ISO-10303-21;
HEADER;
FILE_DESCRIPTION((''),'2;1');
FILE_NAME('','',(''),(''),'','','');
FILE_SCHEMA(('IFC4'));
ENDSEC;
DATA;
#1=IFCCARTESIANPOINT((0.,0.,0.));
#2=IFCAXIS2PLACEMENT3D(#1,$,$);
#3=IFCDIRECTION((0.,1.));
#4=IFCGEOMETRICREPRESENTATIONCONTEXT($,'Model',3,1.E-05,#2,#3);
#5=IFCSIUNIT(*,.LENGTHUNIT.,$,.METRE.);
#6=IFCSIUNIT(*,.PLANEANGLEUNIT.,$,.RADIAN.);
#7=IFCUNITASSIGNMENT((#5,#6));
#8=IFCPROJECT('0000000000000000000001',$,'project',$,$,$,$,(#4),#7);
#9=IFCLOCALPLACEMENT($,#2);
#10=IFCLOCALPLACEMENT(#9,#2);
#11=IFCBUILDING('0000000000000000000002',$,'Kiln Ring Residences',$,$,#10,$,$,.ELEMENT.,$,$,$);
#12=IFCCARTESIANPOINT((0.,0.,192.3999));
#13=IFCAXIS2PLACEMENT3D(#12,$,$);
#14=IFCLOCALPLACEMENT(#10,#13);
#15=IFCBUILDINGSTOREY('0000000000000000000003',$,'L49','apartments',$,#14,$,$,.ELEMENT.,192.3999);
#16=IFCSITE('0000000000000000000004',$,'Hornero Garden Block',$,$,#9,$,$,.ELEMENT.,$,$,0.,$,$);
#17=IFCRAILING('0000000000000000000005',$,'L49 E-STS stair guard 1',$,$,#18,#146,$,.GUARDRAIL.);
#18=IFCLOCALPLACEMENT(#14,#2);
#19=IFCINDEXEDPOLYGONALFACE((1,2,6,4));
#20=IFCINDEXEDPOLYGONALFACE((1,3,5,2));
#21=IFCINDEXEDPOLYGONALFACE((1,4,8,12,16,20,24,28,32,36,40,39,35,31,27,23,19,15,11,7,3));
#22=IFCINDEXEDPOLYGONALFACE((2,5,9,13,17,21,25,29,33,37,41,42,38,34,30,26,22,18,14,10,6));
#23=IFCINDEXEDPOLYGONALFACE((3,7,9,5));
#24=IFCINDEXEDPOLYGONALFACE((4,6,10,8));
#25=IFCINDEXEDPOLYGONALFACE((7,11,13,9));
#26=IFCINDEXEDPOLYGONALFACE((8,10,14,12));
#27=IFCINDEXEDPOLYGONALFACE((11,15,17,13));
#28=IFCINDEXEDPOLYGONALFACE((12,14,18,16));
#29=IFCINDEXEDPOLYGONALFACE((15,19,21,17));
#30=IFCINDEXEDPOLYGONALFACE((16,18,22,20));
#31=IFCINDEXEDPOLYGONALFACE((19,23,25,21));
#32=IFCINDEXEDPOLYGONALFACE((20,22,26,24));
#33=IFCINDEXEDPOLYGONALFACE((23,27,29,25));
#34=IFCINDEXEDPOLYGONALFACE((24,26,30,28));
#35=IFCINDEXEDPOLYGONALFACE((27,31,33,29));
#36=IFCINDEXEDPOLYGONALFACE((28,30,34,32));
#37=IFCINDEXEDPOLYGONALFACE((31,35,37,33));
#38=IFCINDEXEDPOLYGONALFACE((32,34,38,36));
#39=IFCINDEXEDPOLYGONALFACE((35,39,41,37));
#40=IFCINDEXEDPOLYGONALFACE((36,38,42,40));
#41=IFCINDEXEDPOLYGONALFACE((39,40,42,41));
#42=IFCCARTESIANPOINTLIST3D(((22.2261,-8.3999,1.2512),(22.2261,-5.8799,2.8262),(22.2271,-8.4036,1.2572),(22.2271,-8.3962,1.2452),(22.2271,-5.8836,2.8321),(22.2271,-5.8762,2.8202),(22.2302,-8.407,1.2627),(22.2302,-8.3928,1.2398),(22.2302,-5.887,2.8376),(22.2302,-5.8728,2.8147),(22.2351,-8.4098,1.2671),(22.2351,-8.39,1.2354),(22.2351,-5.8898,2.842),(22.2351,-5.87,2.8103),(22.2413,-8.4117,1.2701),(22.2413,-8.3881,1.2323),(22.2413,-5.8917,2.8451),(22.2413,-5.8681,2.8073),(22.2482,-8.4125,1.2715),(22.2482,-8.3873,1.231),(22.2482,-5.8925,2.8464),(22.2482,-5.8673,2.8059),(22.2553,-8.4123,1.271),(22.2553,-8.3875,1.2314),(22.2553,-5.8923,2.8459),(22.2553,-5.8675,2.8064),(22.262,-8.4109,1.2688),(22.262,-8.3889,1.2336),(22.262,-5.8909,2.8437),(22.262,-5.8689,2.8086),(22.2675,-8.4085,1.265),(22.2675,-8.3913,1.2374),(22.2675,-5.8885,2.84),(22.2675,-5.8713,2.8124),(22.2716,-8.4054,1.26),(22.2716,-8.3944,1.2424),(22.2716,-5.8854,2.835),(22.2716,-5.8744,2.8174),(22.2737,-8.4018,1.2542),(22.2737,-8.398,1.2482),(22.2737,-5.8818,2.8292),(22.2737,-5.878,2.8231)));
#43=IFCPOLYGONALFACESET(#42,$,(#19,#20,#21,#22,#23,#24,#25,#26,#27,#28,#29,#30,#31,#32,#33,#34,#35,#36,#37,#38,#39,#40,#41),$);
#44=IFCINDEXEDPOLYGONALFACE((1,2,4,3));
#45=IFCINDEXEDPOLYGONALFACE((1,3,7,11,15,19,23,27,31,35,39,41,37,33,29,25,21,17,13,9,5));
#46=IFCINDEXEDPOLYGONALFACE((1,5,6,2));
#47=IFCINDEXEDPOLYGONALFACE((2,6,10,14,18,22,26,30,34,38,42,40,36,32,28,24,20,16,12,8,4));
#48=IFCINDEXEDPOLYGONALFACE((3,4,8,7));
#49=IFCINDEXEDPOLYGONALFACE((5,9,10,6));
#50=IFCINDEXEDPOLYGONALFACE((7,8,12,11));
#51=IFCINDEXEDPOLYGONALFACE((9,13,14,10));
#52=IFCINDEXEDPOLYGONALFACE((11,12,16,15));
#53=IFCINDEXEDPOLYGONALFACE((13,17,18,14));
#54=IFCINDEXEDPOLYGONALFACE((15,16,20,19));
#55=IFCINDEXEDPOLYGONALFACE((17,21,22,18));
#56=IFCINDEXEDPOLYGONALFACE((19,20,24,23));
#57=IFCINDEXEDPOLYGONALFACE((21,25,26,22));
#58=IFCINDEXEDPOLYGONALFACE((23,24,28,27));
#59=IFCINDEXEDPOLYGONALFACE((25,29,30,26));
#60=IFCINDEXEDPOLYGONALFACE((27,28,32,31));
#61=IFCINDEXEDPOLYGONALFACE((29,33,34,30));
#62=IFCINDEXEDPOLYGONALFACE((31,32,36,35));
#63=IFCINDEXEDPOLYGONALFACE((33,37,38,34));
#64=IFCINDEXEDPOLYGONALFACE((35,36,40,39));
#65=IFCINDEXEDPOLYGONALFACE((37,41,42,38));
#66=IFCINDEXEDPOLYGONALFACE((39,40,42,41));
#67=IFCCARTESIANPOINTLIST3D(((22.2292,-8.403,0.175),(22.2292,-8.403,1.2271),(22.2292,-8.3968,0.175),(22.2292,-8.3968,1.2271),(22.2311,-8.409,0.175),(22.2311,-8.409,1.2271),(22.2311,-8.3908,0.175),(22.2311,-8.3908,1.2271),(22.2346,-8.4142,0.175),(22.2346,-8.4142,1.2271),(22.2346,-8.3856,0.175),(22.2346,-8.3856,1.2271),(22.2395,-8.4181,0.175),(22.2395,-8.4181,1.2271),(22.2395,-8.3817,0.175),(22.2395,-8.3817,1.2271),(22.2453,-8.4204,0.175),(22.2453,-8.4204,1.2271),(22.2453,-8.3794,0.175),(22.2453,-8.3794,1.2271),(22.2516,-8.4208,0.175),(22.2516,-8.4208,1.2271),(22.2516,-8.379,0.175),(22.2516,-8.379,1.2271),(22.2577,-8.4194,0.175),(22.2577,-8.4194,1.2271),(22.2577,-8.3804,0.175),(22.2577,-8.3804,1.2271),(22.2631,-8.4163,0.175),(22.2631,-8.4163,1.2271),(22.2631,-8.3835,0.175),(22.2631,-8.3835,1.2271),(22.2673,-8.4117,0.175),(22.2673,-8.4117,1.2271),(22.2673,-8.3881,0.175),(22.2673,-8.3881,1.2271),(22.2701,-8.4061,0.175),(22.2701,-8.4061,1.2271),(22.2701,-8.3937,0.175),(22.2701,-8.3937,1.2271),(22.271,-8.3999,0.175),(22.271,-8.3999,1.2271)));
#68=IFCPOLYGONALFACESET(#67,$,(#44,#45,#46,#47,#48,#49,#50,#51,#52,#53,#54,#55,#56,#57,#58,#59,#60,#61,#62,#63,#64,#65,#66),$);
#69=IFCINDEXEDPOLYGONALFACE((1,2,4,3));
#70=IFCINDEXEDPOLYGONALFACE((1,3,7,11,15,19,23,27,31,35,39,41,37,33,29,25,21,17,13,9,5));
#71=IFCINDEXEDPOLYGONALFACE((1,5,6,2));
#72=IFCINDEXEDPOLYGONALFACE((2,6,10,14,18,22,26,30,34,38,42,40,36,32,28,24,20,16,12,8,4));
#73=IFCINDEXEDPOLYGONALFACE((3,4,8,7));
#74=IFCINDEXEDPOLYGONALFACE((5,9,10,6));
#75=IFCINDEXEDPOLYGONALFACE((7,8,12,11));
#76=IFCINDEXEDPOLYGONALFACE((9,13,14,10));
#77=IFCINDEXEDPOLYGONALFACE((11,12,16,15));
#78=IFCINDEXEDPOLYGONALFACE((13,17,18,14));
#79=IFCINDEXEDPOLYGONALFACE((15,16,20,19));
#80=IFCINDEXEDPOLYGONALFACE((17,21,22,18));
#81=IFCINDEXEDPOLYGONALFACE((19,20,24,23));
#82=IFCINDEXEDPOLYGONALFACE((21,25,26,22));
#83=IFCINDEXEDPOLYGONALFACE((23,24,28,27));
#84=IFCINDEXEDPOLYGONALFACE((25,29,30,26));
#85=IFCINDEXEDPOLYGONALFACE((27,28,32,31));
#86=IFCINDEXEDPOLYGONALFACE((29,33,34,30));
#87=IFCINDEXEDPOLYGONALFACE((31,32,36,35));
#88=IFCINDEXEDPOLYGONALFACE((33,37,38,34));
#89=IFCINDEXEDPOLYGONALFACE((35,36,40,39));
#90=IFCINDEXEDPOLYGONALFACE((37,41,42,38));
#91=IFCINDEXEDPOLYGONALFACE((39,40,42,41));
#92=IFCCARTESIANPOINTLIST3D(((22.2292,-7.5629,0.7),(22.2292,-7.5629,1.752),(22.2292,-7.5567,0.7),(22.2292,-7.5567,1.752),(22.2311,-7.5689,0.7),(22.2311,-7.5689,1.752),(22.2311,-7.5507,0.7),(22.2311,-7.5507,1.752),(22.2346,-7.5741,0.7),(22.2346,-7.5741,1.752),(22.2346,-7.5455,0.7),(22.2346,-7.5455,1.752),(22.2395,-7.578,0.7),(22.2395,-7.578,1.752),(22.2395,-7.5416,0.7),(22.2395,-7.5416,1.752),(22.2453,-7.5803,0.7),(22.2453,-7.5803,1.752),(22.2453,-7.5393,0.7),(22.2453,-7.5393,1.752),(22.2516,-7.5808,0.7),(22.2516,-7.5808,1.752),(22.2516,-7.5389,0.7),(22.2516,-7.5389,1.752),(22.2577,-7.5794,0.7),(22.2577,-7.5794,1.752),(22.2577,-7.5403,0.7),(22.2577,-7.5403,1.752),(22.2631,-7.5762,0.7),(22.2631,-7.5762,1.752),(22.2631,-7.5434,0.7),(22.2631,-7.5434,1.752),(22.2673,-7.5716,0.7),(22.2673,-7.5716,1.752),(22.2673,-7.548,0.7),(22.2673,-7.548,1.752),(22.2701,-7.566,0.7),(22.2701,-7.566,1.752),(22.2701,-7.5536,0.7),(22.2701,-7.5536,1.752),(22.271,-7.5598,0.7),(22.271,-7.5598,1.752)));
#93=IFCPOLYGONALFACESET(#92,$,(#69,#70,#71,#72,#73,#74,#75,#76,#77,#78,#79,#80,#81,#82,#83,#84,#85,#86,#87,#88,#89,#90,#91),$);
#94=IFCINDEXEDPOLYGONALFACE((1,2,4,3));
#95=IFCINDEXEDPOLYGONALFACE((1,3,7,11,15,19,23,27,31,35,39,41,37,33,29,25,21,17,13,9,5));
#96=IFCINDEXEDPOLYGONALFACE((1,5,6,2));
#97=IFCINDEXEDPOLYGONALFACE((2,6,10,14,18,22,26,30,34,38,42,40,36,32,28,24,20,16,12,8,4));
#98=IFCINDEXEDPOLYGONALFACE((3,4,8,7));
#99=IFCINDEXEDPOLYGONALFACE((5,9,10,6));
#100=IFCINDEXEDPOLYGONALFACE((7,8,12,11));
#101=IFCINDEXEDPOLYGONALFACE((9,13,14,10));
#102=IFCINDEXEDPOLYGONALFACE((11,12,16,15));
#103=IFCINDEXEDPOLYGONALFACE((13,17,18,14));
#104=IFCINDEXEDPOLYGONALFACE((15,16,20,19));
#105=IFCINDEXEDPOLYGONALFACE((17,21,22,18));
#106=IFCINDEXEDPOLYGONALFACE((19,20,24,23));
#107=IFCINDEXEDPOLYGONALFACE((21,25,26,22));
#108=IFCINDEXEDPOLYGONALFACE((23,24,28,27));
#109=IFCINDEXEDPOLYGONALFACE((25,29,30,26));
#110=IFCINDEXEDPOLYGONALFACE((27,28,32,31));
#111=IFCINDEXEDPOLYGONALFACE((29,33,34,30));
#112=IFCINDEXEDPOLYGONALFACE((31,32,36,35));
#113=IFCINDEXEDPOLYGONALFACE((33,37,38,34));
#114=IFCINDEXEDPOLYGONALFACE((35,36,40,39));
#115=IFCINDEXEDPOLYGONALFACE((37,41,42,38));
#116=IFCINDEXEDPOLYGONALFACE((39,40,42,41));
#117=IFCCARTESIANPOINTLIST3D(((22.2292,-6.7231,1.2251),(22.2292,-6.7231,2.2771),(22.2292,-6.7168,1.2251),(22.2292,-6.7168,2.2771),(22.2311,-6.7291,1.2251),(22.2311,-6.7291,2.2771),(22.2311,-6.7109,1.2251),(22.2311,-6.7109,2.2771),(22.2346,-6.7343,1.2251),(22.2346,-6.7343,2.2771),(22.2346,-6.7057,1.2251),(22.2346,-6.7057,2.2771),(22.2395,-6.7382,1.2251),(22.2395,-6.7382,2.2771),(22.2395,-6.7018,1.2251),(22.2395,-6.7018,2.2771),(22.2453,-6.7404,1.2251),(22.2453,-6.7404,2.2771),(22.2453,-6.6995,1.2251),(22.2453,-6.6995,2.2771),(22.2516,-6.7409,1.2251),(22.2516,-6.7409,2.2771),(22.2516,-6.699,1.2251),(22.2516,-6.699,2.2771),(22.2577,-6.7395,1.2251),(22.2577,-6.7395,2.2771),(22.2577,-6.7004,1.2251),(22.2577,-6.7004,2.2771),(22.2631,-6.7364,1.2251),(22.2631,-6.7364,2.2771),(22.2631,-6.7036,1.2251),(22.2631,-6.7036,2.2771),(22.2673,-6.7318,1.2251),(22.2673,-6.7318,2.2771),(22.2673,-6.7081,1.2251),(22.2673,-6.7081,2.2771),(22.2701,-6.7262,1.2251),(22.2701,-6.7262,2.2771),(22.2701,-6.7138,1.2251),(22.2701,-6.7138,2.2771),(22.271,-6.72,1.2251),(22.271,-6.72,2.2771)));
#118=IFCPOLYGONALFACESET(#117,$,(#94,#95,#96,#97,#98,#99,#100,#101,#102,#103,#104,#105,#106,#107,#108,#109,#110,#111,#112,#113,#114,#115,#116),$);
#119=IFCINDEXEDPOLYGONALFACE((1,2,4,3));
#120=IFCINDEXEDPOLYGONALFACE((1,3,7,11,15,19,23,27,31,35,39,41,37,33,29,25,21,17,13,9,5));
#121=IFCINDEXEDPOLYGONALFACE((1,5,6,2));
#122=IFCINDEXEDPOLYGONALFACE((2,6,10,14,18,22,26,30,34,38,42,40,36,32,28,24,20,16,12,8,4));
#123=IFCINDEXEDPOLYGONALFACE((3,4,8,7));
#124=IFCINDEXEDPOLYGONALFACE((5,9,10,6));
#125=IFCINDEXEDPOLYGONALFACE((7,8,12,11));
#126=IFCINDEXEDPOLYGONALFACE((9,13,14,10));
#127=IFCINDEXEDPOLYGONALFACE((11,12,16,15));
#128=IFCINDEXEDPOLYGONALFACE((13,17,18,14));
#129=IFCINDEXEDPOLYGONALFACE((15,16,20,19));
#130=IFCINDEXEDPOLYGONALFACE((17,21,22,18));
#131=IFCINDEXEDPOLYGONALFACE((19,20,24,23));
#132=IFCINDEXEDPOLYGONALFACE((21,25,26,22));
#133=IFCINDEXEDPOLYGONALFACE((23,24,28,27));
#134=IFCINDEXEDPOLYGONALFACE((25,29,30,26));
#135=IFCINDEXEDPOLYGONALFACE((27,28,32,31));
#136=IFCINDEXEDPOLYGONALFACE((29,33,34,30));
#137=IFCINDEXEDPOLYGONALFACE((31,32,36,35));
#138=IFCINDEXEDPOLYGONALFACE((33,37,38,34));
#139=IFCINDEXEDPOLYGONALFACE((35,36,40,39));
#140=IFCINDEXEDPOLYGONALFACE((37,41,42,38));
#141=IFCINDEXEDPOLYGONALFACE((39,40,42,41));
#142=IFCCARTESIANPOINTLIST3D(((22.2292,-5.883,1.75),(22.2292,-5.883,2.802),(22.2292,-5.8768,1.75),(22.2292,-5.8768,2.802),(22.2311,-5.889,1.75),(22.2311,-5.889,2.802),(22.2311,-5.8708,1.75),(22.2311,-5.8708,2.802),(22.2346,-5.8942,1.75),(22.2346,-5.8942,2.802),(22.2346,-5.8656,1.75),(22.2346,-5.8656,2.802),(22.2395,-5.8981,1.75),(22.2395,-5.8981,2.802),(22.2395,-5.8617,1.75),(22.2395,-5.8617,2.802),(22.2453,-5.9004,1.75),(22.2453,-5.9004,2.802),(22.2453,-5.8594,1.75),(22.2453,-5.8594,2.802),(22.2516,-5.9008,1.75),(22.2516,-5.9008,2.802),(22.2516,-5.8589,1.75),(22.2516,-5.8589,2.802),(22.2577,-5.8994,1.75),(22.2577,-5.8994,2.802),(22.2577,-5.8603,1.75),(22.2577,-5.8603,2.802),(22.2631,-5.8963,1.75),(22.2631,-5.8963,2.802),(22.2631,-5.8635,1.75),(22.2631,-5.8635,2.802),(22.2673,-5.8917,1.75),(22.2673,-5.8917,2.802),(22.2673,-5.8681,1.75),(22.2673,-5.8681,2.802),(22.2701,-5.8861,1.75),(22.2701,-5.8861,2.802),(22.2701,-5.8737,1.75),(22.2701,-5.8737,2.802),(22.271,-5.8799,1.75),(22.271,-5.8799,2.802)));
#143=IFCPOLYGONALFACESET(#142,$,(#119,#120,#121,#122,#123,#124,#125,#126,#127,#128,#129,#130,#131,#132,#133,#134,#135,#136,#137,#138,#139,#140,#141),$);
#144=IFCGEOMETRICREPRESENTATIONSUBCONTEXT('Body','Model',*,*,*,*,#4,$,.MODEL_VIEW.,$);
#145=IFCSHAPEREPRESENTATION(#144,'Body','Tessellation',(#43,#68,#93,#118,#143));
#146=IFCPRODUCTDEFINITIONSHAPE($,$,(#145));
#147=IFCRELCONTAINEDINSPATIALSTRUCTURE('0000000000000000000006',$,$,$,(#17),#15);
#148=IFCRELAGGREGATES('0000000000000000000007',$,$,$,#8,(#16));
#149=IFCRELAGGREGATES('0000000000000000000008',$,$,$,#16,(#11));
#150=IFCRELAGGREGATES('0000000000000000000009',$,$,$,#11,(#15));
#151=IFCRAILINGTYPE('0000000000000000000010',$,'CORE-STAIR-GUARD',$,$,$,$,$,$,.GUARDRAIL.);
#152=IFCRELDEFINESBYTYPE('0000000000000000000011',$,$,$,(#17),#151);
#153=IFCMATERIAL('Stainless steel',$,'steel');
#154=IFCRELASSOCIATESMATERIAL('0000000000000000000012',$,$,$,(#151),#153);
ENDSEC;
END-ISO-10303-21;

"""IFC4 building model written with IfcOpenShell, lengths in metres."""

from ifc_helpers import new_model, si_unit, direction, frame, origin, origin_2d, place, context, subcontext, project, spatial, circle, extrude, material, type_object, element, save


model = new_model("IFC4")

# Units and contexts
model_context = context("Model", 3, precision=1e-05, world=origin(), true_north=direction((0.0, 1.0)))
body_context = subcontext(model_context, "Body", "Model", "MODEL_VIEW")
ifc_project = project(units=[si_unit("LENGTHUNIT", "METRE"), si_unit("PLANEANGLEUNIT", "RADIAN")], contexts=[model_context])

# Site, building, storey
site_placement = place(None, origin())
site = spatial("IfcSite", under=ifc_project, at=site_placement, Name="Hornero Garden Block", CompositionType="ELEMENT", RefElevation=0.0)
building_placement = place(site_placement, origin())
building = spatial("IfcBuilding", under=site, at=building_placement, Name="Kiln Ring Residences", CompositionType="ELEMENT")
storey_placement = place(building_placement, frame((0.0, 0.0, 192.3999)))
storey = spatial("IfcBuildingStorey", under=building, at=storey_placement, Name="L49", Description="apartments", CompositionType="ELEMENT", Elevation=192.3999)

# Railing
ifc_material_1 = material(Name="Stainless steel", Category="steel")
railing_type_1 = type_object("IfcRailingType", Name="CORE-STAIR-GUARD", PredefinedType="GUARDRAIL", material=ifc_material_1)
railing_1_placement = place(storey_placement, frame((22.25, -8.3999, 0.175)))
element("IfcRailing", 1, at=railing_1_placement, inside=storey, type_object=railing_type_1, Name="L49 E-STS stair guard 1", PredefinedType="GUARDRAIL", context=body_context, shape_type="SweptSolid", body=[
    extrude(circle(Radius=0.0239, at=origin_2d()), frame((0.0, 0.0, 1.0762), z_axis=(0.0, 0.848008, 0.529984), x_axis=(-1.0, 0.0, 0.0)), (0.0, 0.0, 1.0), 2.9717),
    extrude(circle(Radius=0.021, at=origin_2d()), origin(), (0.0, 0.0, 1.0), 1.052),
    extrude(circle(Radius=0.021, at=origin_2d()), frame((0.0, 0.8401, 0.5249)), (0.0, 0.0, 1.0), 1.052),
    extrude(circle(Radius=0.021, at=origin_2d()), frame((0.0, 1.6799, 1.05)), (0.0, 0.0, 1.0), 1.052),
    extrude(circle(Radius=0.021, at=origin_2d()), frame((0.0, 2.52, 1.575)), (0.0, 0.0, 1.0), 1.052),
])

save(model, "model.ifc")
